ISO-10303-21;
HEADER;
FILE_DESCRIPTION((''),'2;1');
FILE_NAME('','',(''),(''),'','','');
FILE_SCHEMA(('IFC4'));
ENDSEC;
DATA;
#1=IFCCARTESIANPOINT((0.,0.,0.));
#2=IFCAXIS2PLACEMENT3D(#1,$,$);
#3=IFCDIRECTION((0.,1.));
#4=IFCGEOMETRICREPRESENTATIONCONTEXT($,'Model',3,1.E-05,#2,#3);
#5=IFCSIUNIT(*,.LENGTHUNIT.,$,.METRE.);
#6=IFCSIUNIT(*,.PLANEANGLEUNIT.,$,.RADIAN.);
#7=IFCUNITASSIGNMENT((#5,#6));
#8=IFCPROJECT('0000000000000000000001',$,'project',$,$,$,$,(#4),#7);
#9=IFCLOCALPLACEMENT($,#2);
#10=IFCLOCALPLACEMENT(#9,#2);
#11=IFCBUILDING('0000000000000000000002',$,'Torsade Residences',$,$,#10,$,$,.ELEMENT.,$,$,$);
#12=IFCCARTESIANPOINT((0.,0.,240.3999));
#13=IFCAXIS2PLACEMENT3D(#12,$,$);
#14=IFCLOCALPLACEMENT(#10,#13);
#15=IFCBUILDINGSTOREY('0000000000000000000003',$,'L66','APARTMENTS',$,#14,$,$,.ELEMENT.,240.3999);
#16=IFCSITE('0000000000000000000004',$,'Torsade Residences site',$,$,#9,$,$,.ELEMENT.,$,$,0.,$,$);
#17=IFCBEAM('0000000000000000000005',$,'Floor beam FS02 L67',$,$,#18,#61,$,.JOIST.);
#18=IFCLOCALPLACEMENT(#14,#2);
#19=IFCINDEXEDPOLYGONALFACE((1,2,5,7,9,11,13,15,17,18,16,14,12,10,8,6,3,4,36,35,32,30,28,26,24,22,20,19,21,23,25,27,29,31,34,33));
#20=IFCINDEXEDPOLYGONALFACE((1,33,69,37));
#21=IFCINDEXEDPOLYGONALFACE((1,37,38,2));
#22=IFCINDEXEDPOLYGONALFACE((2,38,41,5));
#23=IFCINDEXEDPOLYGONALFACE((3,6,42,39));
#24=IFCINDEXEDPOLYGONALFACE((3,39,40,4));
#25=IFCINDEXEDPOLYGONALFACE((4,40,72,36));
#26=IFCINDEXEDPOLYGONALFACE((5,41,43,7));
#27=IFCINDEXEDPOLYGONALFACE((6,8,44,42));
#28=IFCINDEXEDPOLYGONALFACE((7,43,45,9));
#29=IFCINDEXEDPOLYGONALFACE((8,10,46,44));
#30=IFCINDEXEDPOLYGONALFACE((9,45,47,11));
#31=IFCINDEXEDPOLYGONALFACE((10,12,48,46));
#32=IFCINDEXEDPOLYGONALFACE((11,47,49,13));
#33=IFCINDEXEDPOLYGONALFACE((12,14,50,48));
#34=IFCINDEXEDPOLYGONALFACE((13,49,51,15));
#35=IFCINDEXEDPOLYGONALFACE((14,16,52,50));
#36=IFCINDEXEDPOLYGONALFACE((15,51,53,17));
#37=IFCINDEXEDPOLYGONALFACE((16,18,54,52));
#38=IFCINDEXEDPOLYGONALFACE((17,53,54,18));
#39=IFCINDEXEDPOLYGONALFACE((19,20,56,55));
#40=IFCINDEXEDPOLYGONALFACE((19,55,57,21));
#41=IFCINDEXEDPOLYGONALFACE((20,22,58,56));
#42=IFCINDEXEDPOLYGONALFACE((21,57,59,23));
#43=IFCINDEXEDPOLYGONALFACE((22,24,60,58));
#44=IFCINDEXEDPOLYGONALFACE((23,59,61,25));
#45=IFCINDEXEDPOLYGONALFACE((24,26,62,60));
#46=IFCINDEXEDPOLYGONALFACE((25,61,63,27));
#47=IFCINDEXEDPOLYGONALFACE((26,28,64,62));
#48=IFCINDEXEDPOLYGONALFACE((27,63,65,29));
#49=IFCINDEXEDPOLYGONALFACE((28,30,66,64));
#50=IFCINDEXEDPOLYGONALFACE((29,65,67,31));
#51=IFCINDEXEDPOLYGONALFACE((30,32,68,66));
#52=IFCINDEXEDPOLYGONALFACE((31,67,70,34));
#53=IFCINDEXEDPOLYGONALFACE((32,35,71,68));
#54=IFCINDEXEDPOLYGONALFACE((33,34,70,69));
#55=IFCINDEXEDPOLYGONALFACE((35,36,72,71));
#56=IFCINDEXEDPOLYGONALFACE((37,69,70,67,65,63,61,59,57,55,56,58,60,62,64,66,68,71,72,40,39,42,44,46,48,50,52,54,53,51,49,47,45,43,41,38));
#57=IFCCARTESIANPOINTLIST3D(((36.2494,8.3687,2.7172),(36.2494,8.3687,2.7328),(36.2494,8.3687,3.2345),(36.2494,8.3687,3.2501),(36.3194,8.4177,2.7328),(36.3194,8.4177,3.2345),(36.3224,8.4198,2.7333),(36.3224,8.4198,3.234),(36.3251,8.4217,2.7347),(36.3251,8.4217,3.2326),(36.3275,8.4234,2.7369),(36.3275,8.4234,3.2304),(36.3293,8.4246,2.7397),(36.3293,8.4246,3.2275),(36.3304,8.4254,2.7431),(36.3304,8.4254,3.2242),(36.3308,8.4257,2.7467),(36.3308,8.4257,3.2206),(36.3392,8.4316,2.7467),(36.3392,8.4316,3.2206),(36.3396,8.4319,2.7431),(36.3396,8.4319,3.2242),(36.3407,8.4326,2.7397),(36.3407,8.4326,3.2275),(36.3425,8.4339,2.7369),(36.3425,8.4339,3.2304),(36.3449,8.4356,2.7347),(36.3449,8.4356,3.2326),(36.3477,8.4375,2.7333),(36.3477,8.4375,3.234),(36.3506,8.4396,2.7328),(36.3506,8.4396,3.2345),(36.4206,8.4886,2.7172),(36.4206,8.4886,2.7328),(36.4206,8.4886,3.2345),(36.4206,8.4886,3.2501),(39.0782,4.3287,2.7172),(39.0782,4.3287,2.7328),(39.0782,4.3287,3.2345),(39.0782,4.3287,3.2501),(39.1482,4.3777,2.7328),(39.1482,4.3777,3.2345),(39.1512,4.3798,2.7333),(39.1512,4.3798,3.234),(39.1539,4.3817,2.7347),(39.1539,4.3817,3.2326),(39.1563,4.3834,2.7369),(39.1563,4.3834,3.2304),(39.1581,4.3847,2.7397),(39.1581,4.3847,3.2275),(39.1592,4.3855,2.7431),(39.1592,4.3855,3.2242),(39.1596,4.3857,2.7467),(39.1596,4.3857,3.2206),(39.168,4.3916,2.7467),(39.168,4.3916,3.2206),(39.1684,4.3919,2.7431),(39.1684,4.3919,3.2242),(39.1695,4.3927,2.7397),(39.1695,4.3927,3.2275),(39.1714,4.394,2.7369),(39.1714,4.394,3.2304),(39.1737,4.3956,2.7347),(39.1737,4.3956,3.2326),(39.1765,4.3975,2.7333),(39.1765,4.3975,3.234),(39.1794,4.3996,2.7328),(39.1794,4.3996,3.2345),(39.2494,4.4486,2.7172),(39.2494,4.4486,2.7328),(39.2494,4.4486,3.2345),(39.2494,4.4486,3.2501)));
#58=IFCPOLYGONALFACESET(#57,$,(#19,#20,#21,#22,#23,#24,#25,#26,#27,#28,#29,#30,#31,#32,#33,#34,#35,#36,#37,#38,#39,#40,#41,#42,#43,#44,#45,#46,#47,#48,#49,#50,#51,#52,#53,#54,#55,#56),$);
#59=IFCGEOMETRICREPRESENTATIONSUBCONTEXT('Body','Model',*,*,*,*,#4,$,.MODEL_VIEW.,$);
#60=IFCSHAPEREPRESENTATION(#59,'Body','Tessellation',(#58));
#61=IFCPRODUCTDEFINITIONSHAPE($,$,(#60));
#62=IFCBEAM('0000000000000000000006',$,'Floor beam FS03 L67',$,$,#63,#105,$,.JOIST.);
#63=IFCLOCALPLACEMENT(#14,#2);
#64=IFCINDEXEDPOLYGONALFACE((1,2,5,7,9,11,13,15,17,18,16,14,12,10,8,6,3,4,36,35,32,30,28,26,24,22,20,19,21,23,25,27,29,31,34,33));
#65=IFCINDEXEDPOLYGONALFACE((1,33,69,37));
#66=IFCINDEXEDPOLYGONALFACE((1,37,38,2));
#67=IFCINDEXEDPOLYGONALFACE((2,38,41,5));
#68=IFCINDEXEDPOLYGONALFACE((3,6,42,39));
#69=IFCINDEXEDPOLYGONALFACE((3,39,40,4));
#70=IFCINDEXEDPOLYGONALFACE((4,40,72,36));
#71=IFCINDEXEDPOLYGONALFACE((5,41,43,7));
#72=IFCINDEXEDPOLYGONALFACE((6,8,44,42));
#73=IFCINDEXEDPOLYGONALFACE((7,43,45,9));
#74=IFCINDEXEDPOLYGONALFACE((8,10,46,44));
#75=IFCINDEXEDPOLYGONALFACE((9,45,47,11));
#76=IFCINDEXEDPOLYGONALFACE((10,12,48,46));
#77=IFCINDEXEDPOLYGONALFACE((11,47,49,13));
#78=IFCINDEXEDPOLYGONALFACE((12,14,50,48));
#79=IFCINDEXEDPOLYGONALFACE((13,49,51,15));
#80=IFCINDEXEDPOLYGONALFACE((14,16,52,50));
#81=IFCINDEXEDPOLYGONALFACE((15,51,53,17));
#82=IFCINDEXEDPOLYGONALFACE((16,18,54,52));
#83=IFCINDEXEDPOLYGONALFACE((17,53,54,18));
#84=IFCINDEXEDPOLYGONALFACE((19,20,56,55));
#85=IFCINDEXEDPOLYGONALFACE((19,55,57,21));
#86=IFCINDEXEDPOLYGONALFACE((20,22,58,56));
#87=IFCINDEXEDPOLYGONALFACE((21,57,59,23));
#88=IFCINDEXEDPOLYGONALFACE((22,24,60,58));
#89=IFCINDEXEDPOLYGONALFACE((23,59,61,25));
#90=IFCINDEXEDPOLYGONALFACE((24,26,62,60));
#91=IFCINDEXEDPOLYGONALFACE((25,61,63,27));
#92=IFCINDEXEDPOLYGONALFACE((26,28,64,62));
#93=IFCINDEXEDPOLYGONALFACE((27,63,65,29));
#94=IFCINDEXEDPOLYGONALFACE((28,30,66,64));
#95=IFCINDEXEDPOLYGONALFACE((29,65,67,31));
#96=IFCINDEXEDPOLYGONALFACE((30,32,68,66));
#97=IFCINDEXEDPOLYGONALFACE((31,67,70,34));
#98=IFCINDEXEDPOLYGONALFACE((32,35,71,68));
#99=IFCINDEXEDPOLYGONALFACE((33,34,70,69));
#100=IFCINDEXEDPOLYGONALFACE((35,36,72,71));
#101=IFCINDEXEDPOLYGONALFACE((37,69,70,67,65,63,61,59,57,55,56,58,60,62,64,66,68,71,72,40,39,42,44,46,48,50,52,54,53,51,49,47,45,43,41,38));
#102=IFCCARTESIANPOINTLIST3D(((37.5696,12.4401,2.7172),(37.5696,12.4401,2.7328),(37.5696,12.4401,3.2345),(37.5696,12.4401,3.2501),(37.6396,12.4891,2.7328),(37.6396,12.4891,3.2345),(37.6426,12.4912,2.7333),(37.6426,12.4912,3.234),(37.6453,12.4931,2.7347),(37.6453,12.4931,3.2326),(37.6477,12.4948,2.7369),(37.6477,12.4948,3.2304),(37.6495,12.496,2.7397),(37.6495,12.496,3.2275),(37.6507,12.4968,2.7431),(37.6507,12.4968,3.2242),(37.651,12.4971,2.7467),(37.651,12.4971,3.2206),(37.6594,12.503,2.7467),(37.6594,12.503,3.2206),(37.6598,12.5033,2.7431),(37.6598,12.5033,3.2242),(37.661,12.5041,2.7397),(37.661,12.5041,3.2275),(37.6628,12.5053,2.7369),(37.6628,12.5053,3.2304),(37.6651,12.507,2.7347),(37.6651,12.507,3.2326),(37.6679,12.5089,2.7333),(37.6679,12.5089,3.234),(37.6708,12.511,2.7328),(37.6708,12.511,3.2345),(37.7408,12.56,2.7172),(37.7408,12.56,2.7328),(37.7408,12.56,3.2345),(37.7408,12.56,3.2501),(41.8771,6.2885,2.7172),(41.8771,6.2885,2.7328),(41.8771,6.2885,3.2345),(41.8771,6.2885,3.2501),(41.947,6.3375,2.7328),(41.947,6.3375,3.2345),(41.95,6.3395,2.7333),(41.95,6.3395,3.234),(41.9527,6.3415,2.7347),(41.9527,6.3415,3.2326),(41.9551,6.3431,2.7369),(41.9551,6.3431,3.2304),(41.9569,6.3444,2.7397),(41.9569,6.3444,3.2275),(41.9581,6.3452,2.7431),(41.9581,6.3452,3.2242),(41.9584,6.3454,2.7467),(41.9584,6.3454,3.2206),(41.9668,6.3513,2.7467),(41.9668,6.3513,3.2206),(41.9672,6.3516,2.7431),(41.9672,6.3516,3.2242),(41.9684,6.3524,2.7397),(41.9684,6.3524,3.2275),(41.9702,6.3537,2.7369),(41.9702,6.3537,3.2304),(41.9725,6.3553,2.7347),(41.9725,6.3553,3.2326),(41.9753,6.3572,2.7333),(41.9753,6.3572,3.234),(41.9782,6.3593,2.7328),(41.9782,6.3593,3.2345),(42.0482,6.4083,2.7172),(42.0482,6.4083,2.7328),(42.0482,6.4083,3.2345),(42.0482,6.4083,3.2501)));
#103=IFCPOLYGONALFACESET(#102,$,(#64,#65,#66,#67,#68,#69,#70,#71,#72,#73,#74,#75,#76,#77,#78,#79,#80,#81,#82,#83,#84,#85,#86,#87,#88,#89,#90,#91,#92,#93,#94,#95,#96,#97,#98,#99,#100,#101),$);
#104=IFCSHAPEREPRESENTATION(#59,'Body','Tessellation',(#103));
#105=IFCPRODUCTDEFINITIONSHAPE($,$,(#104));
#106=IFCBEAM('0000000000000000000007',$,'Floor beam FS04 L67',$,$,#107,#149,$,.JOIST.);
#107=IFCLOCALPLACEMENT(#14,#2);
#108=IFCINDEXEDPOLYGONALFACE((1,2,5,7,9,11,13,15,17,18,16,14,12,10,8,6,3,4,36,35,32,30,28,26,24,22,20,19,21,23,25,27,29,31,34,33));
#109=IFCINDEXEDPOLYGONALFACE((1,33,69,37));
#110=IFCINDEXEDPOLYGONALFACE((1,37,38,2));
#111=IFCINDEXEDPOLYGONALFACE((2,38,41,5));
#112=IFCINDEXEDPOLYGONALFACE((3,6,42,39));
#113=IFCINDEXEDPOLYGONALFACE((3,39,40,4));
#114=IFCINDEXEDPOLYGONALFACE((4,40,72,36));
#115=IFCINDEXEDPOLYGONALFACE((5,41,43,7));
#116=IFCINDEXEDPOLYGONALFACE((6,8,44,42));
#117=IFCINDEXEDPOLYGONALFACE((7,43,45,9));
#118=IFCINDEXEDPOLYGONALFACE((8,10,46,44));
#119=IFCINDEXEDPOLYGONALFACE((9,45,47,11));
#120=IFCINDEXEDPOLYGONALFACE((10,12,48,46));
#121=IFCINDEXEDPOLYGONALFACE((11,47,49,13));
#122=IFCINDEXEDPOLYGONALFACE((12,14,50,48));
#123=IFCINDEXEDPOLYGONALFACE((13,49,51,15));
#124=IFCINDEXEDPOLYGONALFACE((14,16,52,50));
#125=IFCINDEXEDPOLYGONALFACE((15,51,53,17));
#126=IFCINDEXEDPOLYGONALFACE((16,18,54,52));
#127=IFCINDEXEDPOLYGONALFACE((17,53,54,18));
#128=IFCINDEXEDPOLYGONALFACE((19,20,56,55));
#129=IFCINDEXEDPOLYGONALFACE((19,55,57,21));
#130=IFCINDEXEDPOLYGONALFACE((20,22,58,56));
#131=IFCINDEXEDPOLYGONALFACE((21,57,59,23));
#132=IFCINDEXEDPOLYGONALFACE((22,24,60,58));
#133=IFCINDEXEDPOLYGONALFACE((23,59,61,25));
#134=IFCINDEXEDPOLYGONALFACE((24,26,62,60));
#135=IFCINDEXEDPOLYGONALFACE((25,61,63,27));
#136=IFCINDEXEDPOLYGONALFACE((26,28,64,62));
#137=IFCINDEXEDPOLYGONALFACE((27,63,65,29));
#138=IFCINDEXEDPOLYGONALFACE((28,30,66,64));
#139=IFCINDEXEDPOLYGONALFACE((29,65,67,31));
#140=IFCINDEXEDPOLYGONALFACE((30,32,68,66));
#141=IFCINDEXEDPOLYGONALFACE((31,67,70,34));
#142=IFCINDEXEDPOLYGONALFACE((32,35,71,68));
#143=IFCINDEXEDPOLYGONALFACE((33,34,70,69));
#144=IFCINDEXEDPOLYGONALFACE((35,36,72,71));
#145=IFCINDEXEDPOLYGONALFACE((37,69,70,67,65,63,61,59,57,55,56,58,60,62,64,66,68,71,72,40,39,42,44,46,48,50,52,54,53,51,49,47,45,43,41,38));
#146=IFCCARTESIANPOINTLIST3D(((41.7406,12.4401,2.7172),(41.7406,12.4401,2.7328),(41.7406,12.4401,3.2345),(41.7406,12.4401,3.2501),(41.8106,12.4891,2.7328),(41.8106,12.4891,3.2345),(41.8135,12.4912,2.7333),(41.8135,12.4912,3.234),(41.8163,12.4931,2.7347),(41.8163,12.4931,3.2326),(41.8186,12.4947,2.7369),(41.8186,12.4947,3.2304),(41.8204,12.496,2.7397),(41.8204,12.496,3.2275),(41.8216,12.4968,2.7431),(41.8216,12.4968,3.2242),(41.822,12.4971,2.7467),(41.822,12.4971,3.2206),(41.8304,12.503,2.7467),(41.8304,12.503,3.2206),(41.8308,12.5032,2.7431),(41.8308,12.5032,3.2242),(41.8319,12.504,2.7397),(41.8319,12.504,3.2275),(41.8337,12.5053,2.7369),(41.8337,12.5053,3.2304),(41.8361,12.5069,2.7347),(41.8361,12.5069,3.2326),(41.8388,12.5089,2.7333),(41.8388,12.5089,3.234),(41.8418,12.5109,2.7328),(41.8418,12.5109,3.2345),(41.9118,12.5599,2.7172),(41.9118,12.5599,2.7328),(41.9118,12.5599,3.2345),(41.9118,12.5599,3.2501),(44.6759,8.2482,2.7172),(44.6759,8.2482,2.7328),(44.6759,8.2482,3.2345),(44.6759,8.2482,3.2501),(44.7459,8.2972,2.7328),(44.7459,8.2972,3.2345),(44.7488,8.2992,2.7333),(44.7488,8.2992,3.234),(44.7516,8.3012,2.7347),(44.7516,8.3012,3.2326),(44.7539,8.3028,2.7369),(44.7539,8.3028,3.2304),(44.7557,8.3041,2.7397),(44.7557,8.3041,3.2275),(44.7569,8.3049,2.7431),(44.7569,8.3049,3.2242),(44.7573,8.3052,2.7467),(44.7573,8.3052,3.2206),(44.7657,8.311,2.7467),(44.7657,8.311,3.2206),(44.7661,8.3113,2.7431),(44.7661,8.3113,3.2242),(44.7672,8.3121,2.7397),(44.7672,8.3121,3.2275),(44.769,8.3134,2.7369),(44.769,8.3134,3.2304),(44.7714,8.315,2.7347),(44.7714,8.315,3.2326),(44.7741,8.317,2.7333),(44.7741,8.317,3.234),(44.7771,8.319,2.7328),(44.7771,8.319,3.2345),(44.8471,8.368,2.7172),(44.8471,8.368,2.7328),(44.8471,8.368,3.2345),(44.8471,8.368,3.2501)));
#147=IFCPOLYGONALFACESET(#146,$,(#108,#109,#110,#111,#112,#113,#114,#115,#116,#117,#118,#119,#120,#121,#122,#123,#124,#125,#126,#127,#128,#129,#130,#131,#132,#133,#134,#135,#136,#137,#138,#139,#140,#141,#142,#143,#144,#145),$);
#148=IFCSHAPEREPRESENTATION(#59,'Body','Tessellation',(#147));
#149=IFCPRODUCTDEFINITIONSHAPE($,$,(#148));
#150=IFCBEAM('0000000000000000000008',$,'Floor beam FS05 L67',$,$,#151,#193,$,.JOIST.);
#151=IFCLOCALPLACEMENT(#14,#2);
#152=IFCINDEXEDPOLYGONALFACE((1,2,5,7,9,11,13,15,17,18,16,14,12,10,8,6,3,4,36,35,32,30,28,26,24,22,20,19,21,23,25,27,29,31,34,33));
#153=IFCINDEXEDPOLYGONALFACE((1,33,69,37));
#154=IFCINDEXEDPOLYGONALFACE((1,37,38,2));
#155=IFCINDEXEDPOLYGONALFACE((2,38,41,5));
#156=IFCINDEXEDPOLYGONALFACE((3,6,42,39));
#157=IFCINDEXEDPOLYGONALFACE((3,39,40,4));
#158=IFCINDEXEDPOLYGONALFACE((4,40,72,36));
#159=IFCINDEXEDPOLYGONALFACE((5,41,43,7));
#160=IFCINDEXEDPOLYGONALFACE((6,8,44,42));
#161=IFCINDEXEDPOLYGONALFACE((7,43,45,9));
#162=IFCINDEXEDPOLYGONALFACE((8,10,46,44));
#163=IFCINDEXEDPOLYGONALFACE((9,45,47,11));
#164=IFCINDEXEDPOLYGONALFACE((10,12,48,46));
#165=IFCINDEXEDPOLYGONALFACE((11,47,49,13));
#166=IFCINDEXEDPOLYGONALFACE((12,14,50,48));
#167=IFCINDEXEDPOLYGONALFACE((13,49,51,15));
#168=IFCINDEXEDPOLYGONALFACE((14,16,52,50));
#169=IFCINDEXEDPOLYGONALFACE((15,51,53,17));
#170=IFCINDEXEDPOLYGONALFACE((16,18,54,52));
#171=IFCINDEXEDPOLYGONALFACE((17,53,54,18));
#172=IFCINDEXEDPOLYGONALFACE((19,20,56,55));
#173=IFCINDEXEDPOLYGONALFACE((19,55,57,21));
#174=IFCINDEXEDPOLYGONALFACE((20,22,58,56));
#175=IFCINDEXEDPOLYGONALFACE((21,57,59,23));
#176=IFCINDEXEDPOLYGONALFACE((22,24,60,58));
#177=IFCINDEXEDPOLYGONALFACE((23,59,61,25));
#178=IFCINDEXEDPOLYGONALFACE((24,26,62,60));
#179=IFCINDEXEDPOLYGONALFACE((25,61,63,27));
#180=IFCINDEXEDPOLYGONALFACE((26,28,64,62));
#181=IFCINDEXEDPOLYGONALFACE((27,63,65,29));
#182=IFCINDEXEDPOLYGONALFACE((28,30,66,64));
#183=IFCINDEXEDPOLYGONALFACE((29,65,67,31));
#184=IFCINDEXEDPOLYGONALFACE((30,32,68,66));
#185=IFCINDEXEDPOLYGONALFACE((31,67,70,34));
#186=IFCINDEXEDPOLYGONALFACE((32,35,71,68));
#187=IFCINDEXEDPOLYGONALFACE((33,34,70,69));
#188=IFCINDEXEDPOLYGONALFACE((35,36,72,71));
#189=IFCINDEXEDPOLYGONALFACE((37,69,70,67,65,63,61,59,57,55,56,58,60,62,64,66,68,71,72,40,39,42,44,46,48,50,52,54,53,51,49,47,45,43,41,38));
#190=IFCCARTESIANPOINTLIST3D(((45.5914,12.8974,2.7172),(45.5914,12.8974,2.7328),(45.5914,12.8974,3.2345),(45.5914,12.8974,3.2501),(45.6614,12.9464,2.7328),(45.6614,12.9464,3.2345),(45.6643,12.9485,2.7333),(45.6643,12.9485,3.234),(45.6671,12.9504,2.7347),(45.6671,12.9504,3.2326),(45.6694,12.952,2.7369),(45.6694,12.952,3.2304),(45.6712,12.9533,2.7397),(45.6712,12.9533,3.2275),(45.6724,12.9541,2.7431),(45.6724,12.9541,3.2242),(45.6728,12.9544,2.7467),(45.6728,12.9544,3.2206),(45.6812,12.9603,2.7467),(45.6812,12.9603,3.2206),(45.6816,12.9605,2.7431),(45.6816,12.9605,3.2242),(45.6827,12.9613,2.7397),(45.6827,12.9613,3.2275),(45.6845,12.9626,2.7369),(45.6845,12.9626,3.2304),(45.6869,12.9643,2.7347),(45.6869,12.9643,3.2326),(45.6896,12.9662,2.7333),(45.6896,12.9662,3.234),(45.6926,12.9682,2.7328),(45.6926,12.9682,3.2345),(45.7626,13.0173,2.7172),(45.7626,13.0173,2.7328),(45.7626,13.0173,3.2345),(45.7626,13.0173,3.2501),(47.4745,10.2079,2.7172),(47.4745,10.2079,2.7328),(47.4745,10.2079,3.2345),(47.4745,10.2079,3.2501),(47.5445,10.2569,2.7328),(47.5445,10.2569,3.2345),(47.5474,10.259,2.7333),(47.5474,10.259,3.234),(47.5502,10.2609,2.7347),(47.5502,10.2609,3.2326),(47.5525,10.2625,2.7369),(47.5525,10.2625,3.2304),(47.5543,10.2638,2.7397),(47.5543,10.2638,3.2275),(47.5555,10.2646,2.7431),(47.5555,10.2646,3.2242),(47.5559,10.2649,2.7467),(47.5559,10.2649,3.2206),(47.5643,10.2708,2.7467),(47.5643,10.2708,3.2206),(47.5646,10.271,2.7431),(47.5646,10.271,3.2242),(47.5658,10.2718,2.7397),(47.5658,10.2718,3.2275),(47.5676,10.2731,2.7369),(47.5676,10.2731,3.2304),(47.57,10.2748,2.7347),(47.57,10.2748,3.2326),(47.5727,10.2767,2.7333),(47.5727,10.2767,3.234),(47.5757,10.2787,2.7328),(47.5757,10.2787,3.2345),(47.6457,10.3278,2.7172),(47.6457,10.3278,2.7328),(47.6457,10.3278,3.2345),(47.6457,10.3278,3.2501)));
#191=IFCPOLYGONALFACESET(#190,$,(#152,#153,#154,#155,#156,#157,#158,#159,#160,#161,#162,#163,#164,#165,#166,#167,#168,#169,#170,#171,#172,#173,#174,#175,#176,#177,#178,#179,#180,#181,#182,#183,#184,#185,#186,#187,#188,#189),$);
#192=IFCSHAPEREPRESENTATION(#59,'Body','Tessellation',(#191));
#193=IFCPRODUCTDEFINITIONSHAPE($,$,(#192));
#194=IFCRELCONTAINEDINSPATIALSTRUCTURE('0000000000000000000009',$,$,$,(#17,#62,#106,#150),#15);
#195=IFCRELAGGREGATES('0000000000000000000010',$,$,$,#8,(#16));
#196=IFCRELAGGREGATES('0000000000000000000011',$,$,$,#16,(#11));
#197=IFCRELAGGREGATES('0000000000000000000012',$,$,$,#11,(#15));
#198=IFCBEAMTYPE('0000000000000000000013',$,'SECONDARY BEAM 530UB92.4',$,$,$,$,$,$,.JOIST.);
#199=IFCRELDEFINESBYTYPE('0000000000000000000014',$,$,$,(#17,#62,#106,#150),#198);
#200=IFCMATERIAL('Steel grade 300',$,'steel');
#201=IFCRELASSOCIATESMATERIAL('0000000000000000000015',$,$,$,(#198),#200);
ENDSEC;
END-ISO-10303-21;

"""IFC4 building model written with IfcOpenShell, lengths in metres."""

from ifc_helpers import new_model, si_unit, direction, frame, origin, origin_2d, place, context, subcontext, project, spatial, i_section, extrude, material, material_profile, profile_set, type_object, element, save


model = new_model("IFC4")

# Units and contexts
model_context = context("Model", 3, precision=1e-05, world=origin(), true_north=direction((0.0, 1.0)))
body_context = subcontext(model_context, "Body", "Model", "MODEL_VIEW")
ifc_project = project(units=[si_unit("LENGTHUNIT", "METRE"), si_unit("PLANEANGLEUNIT", "RADIAN")], contexts=[model_context])

# Site, building, storey
site_placement = place(None, origin())
site = spatial("IfcSite", under=ifc_project, at=site_placement, Name="Torsade Residences site", CompositionType="ELEMENT", RefElevation=0.0)
building_placement = place(site_placement, origin())
building = spatial("IfcBuilding", under=site, at=building_placement, Name="Torsade Residences", CompositionType="ELEMENT")
storey_placement = place(building_placement, frame((0.0, 0.0, 240.3999)))
storey = spatial("IfcBuildingStorey", under=building, at=storey_placement, Name="L66", Description="APARTMENTS", CompositionType="ELEMENT", Elevation=240.3999)

# Beams
ifc_material_1 = material(Name="Steel grade 300", Category="steel")
ifc_material_profile_1 = material_profile(ifc_material_1, i_section(OverallWidth=0.209, OverallDepth=0.533, WebThickness=0.0103, FlangeThickness=0.0156, FilletRadius=0.0139, at=origin_2d()), Name="530UB92.4")
ifc_profile_set_1 = profile_set([ifc_material_profile_1], Name="Steel grade 300")
beam_type_1 = type_object("IfcBeamType", Name="SECONDARY BEAM 530UB92.4", PredefinedType="JOIST", material=ifc_profile_set_1)
beam_1_placement = place(storey_placement, frame((39.1638, 4.3887, 2.9836), z_axis=(-0.573575, 0.819153, 0.0), x_axis=(-0.819153, -0.573575, 0.0)))
element("IfcBeam", 1, at=beam_1_placement, inside=storey, type_object=beam_type_1, Name="Floor beam FS02 L67", PredefinedType="JOIST", context=body_context, shape_type="SweptSolid", body=[
    extrude(i_section(OverallWidth=0.209, OverallDepth=0.533, WebThickness=0.0103, FlangeThickness=0.0156, FilletRadius=0.0139, at=origin_2d()), origin(), (0.0, 0.0, 1.0), 4.9319),
])
beam_2_placement = place(storey_placement, frame((41.9626, 6.3484, 2.9836), z_axis=(-0.573574, 0.819154, 0.0), x_axis=(-0.819154, -0.573574, 0.0)))
element("IfcBeam", 2, at=beam_2_placement, inside=storey, type_object=beam_type_1, Name="Floor beam FS03 L67", PredefinedType="JOIST", context=body_context, shape_type="SweptSolid", body=[
    extrude(i_section(OverallWidth=0.209, OverallDepth=0.533, WebThickness=0.0103, FlangeThickness=0.0156, FilletRadius=0.0139, at=origin_2d()), origin(), (0.0, 0.0, 1.0), 7.5098),
])
beam_3_placement = place(storey_placement, frame((44.7615, 8.3081, 2.9836), z_axis=(-0.57359, 0.819142, 0.0), x_axis=(-0.819142, -0.57359, 0.0)))
element("IfcBeam", 3, at=beam_3_placement, inside=storey, type_object=beam_type_1, Name="Floor beam FS04 L67", PredefinedType="JOIST", context=body_context, shape_type="SweptSolid", body=[
    extrude(i_section(OverallWidth=0.209, OverallDepth=0.533, WebThickness=0.0103, FlangeThickness=0.0156, FilletRadius=0.0139, at=origin_2d()), origin(), (0.0, 0.0, 1.0), 5.1174),
])
beam_4_placement = place(storey_placement, frame((47.5601, 10.2678, 2.9836), z_axis=(-0.573552, 0.819169, 0.0), x_axis=(-0.819169, -0.573552, 0.0)))
element("IfcBeam", 4, at=beam_4_placement, inside=storey, type_object=beam_type_1, Name="Floor beam FS05 L67", PredefinedType="JOIST", context=body_context, shape_type="SweptSolid", body=[
    extrude(i_section(OverallWidth=0.209, OverallDepth=0.533, WebThickness=0.0103, FlangeThickness=0.0156, FilletRadius=0.0139, at=origin_2d()), origin(), (0.0, 0.0, 1.0), 3.2832),
])

save(model, "model.ifc")
